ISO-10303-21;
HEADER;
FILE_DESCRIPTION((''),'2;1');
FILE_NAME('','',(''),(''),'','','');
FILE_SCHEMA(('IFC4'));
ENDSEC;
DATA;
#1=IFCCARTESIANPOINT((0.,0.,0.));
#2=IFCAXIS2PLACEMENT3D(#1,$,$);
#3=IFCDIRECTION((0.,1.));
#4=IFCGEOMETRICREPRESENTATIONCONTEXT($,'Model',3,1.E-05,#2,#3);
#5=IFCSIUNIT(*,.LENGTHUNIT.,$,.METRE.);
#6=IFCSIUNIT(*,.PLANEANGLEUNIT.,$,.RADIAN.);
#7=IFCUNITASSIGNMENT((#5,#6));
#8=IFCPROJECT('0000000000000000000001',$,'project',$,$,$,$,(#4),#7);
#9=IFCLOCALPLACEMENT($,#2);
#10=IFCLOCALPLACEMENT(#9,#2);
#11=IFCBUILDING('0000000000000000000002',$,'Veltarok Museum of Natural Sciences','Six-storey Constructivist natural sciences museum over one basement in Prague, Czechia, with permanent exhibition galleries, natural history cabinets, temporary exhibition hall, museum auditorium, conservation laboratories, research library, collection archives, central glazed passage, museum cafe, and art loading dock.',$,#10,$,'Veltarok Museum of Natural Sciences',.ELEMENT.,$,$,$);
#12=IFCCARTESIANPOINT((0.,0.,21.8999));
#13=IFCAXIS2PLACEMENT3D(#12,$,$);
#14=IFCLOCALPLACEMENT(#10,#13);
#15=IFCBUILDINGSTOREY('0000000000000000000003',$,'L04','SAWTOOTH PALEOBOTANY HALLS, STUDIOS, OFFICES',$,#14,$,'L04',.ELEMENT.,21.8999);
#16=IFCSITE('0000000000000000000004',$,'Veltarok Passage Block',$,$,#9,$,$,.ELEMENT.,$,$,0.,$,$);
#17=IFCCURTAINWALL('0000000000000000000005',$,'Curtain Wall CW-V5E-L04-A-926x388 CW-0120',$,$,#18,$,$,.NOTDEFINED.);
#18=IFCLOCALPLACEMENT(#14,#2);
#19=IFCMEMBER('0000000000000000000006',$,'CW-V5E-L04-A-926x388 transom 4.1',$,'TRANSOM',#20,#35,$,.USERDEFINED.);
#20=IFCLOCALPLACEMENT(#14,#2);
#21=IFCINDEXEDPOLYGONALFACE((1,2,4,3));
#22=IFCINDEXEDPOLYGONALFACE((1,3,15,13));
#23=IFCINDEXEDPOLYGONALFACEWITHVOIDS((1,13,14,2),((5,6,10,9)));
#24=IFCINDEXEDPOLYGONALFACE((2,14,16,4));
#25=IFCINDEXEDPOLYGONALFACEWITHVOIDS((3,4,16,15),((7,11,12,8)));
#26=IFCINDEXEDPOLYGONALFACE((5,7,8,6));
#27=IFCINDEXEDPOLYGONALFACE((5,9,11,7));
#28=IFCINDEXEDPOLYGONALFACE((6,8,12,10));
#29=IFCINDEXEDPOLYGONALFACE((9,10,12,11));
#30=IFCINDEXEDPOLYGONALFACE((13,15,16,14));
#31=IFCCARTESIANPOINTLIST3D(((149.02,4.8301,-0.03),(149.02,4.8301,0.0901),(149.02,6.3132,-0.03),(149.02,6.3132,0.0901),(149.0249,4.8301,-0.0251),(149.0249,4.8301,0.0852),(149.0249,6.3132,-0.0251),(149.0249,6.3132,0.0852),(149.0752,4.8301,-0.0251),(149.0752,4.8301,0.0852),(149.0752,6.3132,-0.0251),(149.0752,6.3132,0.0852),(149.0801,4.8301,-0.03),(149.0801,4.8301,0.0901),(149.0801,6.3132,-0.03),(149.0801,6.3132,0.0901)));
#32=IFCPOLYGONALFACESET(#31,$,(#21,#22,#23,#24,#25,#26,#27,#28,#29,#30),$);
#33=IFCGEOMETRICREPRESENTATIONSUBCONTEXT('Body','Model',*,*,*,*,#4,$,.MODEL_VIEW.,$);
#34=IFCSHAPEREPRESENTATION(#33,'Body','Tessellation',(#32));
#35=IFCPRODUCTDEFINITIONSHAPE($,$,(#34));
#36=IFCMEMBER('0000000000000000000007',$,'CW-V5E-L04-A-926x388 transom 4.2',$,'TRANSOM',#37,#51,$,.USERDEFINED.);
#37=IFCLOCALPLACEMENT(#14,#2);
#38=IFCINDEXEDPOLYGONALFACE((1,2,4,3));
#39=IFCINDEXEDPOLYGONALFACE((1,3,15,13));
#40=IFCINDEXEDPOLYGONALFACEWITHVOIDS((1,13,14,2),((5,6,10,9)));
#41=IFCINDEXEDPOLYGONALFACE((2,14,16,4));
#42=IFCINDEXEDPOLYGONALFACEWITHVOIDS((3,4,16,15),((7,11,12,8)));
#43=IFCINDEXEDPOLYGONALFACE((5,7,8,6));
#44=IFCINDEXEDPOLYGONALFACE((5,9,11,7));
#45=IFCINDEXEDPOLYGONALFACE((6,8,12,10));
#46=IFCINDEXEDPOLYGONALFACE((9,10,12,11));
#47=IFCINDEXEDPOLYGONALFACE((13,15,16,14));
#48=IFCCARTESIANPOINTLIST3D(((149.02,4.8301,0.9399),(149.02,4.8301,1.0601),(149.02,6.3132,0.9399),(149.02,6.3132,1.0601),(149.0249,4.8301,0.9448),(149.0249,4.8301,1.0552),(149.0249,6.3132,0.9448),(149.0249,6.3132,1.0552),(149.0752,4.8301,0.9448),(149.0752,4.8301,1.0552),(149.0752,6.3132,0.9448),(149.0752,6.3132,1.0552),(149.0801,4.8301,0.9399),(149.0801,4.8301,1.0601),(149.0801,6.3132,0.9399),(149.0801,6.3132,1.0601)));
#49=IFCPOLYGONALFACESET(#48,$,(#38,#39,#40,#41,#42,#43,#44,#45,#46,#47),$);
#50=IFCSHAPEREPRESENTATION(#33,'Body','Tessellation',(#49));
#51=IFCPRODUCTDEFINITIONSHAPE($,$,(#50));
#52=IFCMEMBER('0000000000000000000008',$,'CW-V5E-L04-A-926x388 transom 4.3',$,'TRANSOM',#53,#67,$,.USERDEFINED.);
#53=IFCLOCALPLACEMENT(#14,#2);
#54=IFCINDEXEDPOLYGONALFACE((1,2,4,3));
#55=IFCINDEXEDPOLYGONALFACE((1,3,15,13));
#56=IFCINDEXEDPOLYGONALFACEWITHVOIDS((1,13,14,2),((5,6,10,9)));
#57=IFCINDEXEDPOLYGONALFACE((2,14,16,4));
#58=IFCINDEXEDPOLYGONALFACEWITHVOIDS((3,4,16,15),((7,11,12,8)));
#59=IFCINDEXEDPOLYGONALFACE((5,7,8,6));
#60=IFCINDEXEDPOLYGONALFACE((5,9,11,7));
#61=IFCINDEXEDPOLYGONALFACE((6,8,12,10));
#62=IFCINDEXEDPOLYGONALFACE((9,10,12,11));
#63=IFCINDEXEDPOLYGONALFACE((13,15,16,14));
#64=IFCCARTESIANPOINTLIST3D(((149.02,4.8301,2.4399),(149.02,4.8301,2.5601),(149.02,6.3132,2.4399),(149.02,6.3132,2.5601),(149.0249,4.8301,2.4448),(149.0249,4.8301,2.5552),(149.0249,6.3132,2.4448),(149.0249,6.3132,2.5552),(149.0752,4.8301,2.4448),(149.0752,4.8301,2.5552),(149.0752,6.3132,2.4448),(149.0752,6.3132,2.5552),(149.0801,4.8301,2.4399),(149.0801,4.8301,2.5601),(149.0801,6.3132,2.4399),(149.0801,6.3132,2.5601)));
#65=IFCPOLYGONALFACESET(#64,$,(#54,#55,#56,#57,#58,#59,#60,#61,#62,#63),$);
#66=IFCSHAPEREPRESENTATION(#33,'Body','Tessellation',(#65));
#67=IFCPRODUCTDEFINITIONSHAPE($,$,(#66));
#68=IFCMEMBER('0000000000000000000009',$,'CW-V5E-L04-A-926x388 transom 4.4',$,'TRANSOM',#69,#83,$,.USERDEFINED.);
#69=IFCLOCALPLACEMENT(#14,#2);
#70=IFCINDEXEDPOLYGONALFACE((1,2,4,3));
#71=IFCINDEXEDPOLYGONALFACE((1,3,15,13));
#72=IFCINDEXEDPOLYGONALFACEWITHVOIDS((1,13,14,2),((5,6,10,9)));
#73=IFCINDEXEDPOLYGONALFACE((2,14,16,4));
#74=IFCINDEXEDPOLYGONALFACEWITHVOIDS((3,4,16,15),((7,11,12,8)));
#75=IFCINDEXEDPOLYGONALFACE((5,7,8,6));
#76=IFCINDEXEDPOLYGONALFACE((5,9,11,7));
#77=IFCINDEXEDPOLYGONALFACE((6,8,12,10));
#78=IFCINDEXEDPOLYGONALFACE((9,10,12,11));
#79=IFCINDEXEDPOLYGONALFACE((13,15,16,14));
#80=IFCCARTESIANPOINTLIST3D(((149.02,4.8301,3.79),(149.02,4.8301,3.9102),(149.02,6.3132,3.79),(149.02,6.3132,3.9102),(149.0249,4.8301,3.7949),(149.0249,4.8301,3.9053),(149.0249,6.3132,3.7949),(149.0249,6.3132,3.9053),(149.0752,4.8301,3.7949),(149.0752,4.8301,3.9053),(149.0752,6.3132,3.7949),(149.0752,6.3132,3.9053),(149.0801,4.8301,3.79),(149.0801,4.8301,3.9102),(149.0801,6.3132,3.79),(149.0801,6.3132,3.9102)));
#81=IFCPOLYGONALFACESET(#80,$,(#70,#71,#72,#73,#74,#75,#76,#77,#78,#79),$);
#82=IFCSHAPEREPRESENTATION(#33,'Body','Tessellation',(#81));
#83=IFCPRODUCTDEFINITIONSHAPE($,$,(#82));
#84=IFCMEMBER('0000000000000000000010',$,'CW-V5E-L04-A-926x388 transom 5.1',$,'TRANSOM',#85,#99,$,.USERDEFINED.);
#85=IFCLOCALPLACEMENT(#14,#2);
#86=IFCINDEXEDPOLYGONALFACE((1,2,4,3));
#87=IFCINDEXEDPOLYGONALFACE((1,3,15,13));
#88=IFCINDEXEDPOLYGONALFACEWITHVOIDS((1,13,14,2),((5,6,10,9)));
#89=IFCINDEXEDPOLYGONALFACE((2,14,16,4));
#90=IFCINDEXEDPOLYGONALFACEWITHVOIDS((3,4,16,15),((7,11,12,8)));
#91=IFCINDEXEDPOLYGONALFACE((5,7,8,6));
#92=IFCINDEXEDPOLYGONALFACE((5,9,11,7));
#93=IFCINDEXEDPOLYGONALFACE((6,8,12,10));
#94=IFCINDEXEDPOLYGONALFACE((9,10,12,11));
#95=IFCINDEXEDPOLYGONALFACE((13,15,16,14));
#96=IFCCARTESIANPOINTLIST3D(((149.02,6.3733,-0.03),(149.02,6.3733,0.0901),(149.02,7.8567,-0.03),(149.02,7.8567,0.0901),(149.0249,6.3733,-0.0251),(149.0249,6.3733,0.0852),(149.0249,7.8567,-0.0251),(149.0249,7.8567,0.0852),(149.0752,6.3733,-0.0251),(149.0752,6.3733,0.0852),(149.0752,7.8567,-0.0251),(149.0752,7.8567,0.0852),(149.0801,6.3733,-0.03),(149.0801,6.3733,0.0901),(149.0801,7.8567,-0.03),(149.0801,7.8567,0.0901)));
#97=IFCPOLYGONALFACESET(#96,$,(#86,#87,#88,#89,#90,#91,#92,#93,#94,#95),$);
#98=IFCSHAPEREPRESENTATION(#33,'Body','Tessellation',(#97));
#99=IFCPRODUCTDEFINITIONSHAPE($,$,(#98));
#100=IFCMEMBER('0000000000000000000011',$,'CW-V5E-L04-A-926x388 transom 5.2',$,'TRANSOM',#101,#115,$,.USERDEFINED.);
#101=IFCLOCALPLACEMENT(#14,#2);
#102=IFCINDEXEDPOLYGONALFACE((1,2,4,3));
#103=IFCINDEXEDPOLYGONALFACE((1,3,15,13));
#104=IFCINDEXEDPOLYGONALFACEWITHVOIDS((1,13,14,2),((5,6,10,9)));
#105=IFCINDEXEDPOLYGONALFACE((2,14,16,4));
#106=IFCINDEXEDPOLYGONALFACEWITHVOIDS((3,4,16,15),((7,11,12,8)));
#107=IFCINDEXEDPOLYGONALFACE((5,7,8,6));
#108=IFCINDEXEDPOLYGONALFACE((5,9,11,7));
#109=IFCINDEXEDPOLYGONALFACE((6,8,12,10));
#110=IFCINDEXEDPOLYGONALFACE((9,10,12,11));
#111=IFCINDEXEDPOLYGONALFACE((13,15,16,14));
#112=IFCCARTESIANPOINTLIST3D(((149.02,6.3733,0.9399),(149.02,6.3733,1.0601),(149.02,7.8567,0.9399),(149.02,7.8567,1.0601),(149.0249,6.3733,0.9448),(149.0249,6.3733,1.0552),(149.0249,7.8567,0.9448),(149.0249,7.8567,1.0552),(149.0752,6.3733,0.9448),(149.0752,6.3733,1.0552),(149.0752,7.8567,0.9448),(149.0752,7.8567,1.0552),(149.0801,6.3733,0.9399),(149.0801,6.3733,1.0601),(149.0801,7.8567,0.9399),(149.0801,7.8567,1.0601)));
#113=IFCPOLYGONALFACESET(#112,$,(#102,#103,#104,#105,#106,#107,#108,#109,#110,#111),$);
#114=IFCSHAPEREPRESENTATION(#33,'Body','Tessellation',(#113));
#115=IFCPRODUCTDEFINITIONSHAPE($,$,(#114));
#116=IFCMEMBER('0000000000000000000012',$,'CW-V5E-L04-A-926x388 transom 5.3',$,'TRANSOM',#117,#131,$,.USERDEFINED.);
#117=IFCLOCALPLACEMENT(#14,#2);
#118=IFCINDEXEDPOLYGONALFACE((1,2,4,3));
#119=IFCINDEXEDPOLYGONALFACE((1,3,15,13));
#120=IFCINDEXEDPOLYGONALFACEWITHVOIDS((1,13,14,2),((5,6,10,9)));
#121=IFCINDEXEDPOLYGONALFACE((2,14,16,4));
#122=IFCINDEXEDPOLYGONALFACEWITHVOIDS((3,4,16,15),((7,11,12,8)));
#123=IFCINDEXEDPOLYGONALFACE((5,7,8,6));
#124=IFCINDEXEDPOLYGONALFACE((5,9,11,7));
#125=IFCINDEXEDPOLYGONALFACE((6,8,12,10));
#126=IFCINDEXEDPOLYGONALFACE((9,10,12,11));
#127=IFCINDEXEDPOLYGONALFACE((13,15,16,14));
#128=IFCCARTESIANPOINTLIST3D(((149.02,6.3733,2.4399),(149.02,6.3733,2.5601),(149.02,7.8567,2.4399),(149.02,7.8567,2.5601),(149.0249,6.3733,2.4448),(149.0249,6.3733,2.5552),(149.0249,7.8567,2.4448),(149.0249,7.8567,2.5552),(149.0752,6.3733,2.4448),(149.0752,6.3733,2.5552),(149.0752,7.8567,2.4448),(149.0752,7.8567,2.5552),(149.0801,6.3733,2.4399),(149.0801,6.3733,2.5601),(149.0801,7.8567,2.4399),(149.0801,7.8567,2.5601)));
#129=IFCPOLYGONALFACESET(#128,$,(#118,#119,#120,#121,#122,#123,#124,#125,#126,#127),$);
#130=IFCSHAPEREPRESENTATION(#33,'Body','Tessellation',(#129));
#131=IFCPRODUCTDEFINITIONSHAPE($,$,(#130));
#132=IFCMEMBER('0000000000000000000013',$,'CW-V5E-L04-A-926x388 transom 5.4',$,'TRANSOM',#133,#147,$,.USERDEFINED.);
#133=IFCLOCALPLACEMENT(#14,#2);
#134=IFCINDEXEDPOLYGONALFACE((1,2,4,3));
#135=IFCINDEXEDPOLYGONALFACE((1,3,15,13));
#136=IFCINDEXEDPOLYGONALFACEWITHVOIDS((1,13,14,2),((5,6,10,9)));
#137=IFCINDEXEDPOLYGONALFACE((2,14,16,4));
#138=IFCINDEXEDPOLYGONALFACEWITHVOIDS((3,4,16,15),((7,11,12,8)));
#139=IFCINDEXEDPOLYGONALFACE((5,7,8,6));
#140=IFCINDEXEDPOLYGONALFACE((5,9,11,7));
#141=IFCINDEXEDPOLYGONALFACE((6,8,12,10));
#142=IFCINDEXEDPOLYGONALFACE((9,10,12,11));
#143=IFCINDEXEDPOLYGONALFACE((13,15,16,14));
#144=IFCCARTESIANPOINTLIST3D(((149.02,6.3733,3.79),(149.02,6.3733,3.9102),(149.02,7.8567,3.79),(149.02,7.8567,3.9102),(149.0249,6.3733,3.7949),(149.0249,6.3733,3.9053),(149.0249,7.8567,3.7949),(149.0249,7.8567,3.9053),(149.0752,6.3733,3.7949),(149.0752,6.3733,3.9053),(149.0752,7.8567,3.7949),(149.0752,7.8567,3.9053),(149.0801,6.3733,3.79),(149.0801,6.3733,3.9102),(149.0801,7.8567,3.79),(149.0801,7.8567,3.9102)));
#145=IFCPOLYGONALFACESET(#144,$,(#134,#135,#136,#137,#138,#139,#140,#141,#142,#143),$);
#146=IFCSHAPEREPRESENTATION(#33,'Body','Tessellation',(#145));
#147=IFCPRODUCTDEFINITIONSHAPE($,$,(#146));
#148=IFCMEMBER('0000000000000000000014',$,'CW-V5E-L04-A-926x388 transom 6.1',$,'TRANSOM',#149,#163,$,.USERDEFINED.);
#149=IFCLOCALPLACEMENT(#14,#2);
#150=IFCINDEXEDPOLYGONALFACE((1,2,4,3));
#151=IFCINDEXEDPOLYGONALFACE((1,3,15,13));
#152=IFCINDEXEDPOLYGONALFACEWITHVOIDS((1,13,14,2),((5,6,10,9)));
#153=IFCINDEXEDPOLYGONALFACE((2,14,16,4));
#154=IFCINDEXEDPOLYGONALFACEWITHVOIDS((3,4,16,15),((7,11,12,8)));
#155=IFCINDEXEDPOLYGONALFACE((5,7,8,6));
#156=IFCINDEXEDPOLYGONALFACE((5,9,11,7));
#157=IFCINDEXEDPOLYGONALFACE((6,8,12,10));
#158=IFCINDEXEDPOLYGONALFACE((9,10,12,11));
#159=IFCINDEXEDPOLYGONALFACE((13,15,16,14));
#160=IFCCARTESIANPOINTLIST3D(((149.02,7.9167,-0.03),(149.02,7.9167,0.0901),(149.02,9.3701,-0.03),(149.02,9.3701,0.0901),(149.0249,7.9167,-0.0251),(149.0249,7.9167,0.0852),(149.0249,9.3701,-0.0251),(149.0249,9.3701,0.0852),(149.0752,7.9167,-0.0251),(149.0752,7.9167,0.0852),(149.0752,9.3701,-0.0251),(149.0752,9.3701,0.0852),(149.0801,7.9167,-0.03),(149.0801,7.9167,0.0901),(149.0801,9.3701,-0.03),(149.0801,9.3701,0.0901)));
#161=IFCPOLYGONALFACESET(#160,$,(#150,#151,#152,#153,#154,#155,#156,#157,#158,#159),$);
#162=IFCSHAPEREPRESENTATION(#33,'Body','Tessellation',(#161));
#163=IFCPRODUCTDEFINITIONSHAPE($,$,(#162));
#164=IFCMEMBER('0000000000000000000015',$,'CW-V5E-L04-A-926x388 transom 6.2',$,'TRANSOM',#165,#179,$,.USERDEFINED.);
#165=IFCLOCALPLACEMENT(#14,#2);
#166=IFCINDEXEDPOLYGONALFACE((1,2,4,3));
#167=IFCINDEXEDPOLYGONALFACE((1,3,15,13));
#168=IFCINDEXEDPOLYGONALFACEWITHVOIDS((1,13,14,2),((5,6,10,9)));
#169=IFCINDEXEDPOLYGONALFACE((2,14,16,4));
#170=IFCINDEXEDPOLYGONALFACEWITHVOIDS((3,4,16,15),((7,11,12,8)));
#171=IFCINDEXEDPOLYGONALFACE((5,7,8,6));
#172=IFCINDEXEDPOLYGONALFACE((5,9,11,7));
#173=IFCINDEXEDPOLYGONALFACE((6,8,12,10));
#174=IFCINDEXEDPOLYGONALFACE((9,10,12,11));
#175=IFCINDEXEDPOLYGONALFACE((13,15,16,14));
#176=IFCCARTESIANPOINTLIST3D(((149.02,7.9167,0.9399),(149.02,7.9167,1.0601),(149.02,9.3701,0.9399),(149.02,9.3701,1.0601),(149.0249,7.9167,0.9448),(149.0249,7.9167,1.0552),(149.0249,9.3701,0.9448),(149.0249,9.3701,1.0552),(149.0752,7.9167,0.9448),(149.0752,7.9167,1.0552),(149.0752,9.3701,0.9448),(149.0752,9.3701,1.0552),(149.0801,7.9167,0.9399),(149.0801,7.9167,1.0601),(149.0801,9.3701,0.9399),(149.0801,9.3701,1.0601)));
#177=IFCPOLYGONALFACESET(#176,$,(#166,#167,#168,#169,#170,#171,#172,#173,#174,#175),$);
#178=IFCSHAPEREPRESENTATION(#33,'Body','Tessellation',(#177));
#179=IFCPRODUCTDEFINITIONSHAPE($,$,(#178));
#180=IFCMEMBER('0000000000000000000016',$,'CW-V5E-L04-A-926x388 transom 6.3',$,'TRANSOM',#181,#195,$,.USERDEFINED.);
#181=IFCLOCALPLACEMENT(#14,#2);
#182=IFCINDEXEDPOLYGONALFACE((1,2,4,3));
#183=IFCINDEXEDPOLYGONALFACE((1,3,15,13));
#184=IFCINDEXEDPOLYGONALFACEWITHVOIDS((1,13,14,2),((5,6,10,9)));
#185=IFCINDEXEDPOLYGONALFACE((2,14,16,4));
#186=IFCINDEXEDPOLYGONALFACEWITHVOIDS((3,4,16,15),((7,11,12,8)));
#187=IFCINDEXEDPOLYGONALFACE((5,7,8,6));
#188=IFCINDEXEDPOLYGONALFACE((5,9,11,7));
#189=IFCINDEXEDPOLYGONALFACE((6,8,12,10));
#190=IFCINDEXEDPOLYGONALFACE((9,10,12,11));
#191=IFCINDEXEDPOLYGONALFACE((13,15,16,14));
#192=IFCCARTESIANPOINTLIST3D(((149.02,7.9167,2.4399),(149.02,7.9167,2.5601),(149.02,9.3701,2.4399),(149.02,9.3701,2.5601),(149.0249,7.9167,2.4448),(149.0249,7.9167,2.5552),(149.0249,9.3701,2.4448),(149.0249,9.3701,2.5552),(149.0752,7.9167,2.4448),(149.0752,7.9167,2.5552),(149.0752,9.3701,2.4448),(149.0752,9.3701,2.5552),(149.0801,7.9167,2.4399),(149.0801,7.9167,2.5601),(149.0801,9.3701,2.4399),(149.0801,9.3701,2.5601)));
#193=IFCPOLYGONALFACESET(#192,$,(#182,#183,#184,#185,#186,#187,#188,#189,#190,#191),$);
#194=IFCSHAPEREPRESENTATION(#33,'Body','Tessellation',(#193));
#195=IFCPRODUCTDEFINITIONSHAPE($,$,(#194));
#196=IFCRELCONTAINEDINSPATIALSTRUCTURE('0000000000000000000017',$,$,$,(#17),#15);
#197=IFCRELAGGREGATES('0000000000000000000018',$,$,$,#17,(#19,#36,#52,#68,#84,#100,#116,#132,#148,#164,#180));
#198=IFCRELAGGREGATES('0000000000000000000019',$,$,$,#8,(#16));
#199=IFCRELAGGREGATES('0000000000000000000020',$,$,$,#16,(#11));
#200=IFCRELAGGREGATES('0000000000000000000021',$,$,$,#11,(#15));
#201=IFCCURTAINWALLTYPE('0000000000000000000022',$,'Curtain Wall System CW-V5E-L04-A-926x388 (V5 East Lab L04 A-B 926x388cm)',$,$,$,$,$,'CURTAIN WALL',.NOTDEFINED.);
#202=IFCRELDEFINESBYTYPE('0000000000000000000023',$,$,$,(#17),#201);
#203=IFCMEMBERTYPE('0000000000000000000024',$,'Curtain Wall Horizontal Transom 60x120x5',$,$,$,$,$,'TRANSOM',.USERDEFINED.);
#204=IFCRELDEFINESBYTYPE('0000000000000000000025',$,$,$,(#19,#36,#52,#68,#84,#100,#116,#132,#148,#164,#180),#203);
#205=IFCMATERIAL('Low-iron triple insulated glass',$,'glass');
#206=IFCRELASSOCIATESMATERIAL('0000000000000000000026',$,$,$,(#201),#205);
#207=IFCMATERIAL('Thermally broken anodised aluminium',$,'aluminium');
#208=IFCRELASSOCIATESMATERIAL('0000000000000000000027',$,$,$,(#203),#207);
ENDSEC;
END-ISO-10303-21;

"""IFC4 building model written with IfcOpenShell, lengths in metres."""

from ifc_helpers import new_model, si_unit, direction, frame, origin, origin_2d, place, context, subcontext, project, spatial, hollow_rectangle, extrude, material, material_profile, profile_set, type_object, element, aggregate, save


model = new_model("IFC4")

# Units and contexts
model_context = context("Model", 3, precision=1e-05, world=origin(), true_north=direction((0.0, 1.0)))
body_context = subcontext(model_context, "Body", "Model", "MODEL_VIEW")
ifc_project = project(units=[si_unit("LENGTHUNIT", "METRE"), si_unit("PLANEANGLEUNIT", "RADIAN")], contexts=[model_context])

# Site, building, storey
site_placement = place(None, origin())
site = spatial("IfcSite", under=ifc_project, at=site_placement, Name="Veltarok Passage Block", CompositionType="ELEMENT", RefElevation=0.0)
building_placement = place(site_placement, origin())
building = spatial("IfcBuilding", under=site, at=building_placement, Name="Veltarok Museum of Natural Sciences", Description="Six-storey Constructivist natural sciences museum over one basement in Prague, Czechia, with permanent exhibition galleries, natural history cabinets, temporary exhibition hall, museum auditorium, conservation laboratories, research library, collection archives, central glazed passage, museum cafe, and art loading dock.", LongName="Veltarok Museum of Natural Sciences", CompositionType="ELEMENT")
storey_placement = place(building_placement, frame((0.0, 0.0, 21.8999)))
storey = spatial("IfcBuildingStorey", under=building, at=storey_placement, Name="L04", Description="SAWTOOTH PALEOBOTANY HALLS, STUDIOS, OFFICES", LongName="L04", CompositionType="ELEMENT", Elevation=21.8999)

# Curtain wall, members
ifc_material_1 = material(Name="Low-iron triple insulated glass", Category="glass")
curtain_wall_type = type_object("IfcCurtainWallType", Name="Curtain Wall System CW-V5E-L04-A-926x388 (V5 East Lab L04 A-B 926x388cm)", ElementType="CURTAIN WALL", PredefinedType="NOTDEFINED", material=ifc_material_1)
curtain_wall_placement = place(storey_placement, origin())
curtain_wall = element("IfcCurtainWall", 1, at=curtain_wall_placement, inside=storey, type_object=curtain_wall_type, Name="Curtain Wall CW-V5E-L04-A-926x388 CW-0120", PredefinedType="NOTDEFINED")
ifc_material_2 = material(Name="Thermally broken anodised aluminium", Category="aluminium")
ifc_material_profile_1 = material_profile(ifc_material_2, hollow_rectangle(XDim=0.0601, YDim=0.1201, WallThickness=0.0049, at=origin_2d()), Name="CW TRANSOM 60x120x5")
ifc_profile_set_1 = profile_set([ifc_material_profile_1], Name="Thermally broken anodised aluminium")
member_type_1 = type_object("IfcMemberType", Name="Curtain Wall Horizontal Transom 60x120x5", ElementType="TRANSOM", PredefinedType="USERDEFINED", material=ifc_profile_set_1)
member_1_placement = place(storey_placement, frame((149.05, 4.8301, 0.03), z_axis=(0.0, 1.0, 0.0), x_axis=(-1.0, 0.0, 0.0)))
member_1 = element("IfcMember", 2, at=member_1_placement, type_object=member_type_1, Name="CW-V5E-L04-A-926x388 transom 4.1", ObjectType="TRANSOM", PredefinedType="USERDEFINED", context=body_context, shape_type="SweptSolid", body=[
    extrude(hollow_rectangle(XDim=0.0601, YDim=0.1201, WallThickness=0.0049, at=origin_2d()), origin(), (0.0, 0.0, 1.0), 1.4832),
])
member_2_placement = place(storey_placement, frame((149.05, 4.8301, 1.0), z_axis=(0.0, 1.0, 0.0), x_axis=(-1.0, 0.0, 0.0)))
member_2 = element("IfcMember", 3, at=member_2_placement, type_object=member_type_1, Name="CW-V5E-L04-A-926x388 transom 4.2", ObjectType="TRANSOM", PredefinedType="USERDEFINED", context=body_context, shape_type="SweptSolid", body=[
    extrude(hollow_rectangle(XDim=0.0601, YDim=0.1201, WallThickness=0.0049, at=origin_2d()), origin(), (0.0, 0.0, 1.0), 1.4832),
])
member_3_placement = place(storey_placement, frame((149.05, 4.8301, 2.5), z_axis=(0.0, 1.0, 0.0), x_axis=(-1.0, 0.0, 0.0)))
member_3 = element("IfcMember", 4, at=member_3_placement, type_object=member_type_1, Name="CW-V5E-L04-A-926x388 transom 4.3", ObjectType="TRANSOM", PredefinedType="USERDEFINED", context=body_context, shape_type="SweptSolid", body=[
    extrude(hollow_rectangle(XDim=0.0601, YDim=0.1201, WallThickness=0.0049, at=origin_2d()), origin(), (0.0, 0.0, 1.0), 1.4832),
])
member_4_placement = place(storey_placement, frame((149.05, 4.8301, 3.8501), z_axis=(0.0, 1.0, 0.0), x_axis=(-1.0, 0.0, 0.0)))
member_4 = element("IfcMember", 5, at=member_4_placement, type_object=member_type_1, Name="CW-V5E-L04-A-926x388 transom 4.4", ObjectType="TRANSOM", PredefinedType="USERDEFINED", context=body_context, shape_type="SweptSolid", body=[
    extrude(hollow_rectangle(XDim=0.0601, YDim=0.1201, WallThickness=0.0049, at=origin_2d()), origin(), (0.0, 0.0, 1.0), 1.4832),
])
member_5_placement = place(storey_placement, frame((149.05, 6.3733, 0.03), z_axis=(0.0, 1.0, 0.0), x_axis=(-1.0, 0.0, 0.0)))
member_5 = element("IfcMember", 6, at=member_5_placement, type_object=member_type_1, Name="CW-V5E-L04-A-926x388 transom 5.1", ObjectType="TRANSOM", PredefinedType="USERDEFINED", context=body_context, shape_type="SweptSolid", body=[
    extrude(hollow_rectangle(XDim=0.0601, YDim=0.1201, WallThickness=0.0049, at=origin_2d()), origin(), (0.0, 0.0, 1.0), 1.4834),
])
member_6_placement = place(storey_placement, frame((149.05, 6.3733, 1.0), z_axis=(0.0, 1.0, 0.0), x_axis=(-1.0, 0.0, 0.0)))
member_6 = element("IfcMember", 7, at=member_6_placement, type_object=member_type_1, Name="CW-V5E-L04-A-926x388 transom 5.2", ObjectType="TRANSOM", PredefinedType="USERDEFINED", context=body_context, shape_type="SweptSolid", body=[
    extrude(hollow_rectangle(XDim=0.0601, YDim=0.1201, WallThickness=0.0049, at=origin_2d()), origin(), (0.0, 0.0, 1.0), 1.4834),
])
member_7_placement = place(storey_placement, frame((149.05, 6.3733, 2.5), z_axis=(0.0, 1.0, 0.0), x_axis=(-1.0, 0.0, 0.0)))
member_7 = element("IfcMember", 8, at=member_7_placement, type_object=member_type_1, Name="CW-V5E-L04-A-926x388 transom 5.3", ObjectType="TRANSOM", PredefinedType="USERDEFINED", context=body_context, shape_type="SweptSolid", body=[
    extrude(hollow_rectangle(XDim=0.0601, YDim=0.1201, WallThickness=0.0049, at=origin_2d()), origin(), (0.0, 0.0, 1.0), 1.4834),
])
member_8_placement = place(storey_placement, frame((149.05, 6.3733, 3.8501), z_axis=(0.0, 1.0, 0.0), x_axis=(-1.0, 0.0, 0.0)))
member_8 = element("IfcMember", 9, at=member_8_placement, type_object=member_type_1, Name="CW-V5E-L04-A-926x388 transom 5.4", ObjectType="TRANSOM", PredefinedType="USERDEFINED", context=body_context, shape_type="SweptSolid", body=[
    extrude(hollow_rectangle(XDim=0.0601, YDim=0.1201, WallThickness=0.0049, at=origin_2d()), origin(), (0.0, 0.0, 1.0), 1.4834),
])
member_9_placement = place(storey_placement, frame((149.05, 7.9167, 0.03), z_axis=(0.0, 1.0, 0.0), x_axis=(-1.0, 0.0, 0.0)))
member_9 = element("IfcMember", 10, at=member_9_placement, type_object=member_type_1, Name="CW-V5E-L04-A-926x388 transom 6.1", ObjectType="TRANSOM", PredefinedType="USERDEFINED", context=body_context, shape_type="SweptSolid", body=[
    extrude(hollow_rectangle(XDim=0.0601, YDim=0.1201, WallThickness=0.0049, at=origin_2d()), origin(), (0.0, 0.0, 1.0), 1.4534),
])
member_10_placement = place(storey_placement, frame((149.05, 7.9167, 1.0), z_axis=(0.0, 1.0, 0.0), x_axis=(-1.0, 0.0, 0.0)))
member_10 = element("IfcMember", 11, at=member_10_placement, type_object=member_type_1, Name="CW-V5E-L04-A-926x388 transom 6.2", ObjectType="TRANSOM", PredefinedType="USERDEFINED", context=body_context, shape_type="SweptSolid", body=[
    extrude(hollow_rectangle(XDim=0.0601, YDim=0.1201, WallThickness=0.0049, at=origin_2d()), origin(), (0.0, 0.0, 1.0), 1.4534),
])
member_11_placement = place(storey_placement, frame((149.05, 7.9167, 2.5), z_axis=(0.0, 1.0, 0.0), x_axis=(-1.0, 0.0, 0.0)))
member_11 = element("IfcMember", 12, at=member_11_placement, type_object=member_type_1, Name="CW-V5E-L04-A-926x388 transom 6.3", ObjectType="TRANSOM", PredefinedType="USERDEFINED", context=body_context, shape_type="SweptSolid", body=[
    extrude(hollow_rectangle(XDim=0.0601, YDim=0.1201, WallThickness=0.0049, at=origin_2d()), origin(), (0.0, 0.0, 1.0), 1.4534),
])
aggregate(curtain_wall, [member_1, member_2, member_3, member_4, member_5, member_6, member_7, member_8, member_9, member_10, member_11])

save(model, "model.ifc")
